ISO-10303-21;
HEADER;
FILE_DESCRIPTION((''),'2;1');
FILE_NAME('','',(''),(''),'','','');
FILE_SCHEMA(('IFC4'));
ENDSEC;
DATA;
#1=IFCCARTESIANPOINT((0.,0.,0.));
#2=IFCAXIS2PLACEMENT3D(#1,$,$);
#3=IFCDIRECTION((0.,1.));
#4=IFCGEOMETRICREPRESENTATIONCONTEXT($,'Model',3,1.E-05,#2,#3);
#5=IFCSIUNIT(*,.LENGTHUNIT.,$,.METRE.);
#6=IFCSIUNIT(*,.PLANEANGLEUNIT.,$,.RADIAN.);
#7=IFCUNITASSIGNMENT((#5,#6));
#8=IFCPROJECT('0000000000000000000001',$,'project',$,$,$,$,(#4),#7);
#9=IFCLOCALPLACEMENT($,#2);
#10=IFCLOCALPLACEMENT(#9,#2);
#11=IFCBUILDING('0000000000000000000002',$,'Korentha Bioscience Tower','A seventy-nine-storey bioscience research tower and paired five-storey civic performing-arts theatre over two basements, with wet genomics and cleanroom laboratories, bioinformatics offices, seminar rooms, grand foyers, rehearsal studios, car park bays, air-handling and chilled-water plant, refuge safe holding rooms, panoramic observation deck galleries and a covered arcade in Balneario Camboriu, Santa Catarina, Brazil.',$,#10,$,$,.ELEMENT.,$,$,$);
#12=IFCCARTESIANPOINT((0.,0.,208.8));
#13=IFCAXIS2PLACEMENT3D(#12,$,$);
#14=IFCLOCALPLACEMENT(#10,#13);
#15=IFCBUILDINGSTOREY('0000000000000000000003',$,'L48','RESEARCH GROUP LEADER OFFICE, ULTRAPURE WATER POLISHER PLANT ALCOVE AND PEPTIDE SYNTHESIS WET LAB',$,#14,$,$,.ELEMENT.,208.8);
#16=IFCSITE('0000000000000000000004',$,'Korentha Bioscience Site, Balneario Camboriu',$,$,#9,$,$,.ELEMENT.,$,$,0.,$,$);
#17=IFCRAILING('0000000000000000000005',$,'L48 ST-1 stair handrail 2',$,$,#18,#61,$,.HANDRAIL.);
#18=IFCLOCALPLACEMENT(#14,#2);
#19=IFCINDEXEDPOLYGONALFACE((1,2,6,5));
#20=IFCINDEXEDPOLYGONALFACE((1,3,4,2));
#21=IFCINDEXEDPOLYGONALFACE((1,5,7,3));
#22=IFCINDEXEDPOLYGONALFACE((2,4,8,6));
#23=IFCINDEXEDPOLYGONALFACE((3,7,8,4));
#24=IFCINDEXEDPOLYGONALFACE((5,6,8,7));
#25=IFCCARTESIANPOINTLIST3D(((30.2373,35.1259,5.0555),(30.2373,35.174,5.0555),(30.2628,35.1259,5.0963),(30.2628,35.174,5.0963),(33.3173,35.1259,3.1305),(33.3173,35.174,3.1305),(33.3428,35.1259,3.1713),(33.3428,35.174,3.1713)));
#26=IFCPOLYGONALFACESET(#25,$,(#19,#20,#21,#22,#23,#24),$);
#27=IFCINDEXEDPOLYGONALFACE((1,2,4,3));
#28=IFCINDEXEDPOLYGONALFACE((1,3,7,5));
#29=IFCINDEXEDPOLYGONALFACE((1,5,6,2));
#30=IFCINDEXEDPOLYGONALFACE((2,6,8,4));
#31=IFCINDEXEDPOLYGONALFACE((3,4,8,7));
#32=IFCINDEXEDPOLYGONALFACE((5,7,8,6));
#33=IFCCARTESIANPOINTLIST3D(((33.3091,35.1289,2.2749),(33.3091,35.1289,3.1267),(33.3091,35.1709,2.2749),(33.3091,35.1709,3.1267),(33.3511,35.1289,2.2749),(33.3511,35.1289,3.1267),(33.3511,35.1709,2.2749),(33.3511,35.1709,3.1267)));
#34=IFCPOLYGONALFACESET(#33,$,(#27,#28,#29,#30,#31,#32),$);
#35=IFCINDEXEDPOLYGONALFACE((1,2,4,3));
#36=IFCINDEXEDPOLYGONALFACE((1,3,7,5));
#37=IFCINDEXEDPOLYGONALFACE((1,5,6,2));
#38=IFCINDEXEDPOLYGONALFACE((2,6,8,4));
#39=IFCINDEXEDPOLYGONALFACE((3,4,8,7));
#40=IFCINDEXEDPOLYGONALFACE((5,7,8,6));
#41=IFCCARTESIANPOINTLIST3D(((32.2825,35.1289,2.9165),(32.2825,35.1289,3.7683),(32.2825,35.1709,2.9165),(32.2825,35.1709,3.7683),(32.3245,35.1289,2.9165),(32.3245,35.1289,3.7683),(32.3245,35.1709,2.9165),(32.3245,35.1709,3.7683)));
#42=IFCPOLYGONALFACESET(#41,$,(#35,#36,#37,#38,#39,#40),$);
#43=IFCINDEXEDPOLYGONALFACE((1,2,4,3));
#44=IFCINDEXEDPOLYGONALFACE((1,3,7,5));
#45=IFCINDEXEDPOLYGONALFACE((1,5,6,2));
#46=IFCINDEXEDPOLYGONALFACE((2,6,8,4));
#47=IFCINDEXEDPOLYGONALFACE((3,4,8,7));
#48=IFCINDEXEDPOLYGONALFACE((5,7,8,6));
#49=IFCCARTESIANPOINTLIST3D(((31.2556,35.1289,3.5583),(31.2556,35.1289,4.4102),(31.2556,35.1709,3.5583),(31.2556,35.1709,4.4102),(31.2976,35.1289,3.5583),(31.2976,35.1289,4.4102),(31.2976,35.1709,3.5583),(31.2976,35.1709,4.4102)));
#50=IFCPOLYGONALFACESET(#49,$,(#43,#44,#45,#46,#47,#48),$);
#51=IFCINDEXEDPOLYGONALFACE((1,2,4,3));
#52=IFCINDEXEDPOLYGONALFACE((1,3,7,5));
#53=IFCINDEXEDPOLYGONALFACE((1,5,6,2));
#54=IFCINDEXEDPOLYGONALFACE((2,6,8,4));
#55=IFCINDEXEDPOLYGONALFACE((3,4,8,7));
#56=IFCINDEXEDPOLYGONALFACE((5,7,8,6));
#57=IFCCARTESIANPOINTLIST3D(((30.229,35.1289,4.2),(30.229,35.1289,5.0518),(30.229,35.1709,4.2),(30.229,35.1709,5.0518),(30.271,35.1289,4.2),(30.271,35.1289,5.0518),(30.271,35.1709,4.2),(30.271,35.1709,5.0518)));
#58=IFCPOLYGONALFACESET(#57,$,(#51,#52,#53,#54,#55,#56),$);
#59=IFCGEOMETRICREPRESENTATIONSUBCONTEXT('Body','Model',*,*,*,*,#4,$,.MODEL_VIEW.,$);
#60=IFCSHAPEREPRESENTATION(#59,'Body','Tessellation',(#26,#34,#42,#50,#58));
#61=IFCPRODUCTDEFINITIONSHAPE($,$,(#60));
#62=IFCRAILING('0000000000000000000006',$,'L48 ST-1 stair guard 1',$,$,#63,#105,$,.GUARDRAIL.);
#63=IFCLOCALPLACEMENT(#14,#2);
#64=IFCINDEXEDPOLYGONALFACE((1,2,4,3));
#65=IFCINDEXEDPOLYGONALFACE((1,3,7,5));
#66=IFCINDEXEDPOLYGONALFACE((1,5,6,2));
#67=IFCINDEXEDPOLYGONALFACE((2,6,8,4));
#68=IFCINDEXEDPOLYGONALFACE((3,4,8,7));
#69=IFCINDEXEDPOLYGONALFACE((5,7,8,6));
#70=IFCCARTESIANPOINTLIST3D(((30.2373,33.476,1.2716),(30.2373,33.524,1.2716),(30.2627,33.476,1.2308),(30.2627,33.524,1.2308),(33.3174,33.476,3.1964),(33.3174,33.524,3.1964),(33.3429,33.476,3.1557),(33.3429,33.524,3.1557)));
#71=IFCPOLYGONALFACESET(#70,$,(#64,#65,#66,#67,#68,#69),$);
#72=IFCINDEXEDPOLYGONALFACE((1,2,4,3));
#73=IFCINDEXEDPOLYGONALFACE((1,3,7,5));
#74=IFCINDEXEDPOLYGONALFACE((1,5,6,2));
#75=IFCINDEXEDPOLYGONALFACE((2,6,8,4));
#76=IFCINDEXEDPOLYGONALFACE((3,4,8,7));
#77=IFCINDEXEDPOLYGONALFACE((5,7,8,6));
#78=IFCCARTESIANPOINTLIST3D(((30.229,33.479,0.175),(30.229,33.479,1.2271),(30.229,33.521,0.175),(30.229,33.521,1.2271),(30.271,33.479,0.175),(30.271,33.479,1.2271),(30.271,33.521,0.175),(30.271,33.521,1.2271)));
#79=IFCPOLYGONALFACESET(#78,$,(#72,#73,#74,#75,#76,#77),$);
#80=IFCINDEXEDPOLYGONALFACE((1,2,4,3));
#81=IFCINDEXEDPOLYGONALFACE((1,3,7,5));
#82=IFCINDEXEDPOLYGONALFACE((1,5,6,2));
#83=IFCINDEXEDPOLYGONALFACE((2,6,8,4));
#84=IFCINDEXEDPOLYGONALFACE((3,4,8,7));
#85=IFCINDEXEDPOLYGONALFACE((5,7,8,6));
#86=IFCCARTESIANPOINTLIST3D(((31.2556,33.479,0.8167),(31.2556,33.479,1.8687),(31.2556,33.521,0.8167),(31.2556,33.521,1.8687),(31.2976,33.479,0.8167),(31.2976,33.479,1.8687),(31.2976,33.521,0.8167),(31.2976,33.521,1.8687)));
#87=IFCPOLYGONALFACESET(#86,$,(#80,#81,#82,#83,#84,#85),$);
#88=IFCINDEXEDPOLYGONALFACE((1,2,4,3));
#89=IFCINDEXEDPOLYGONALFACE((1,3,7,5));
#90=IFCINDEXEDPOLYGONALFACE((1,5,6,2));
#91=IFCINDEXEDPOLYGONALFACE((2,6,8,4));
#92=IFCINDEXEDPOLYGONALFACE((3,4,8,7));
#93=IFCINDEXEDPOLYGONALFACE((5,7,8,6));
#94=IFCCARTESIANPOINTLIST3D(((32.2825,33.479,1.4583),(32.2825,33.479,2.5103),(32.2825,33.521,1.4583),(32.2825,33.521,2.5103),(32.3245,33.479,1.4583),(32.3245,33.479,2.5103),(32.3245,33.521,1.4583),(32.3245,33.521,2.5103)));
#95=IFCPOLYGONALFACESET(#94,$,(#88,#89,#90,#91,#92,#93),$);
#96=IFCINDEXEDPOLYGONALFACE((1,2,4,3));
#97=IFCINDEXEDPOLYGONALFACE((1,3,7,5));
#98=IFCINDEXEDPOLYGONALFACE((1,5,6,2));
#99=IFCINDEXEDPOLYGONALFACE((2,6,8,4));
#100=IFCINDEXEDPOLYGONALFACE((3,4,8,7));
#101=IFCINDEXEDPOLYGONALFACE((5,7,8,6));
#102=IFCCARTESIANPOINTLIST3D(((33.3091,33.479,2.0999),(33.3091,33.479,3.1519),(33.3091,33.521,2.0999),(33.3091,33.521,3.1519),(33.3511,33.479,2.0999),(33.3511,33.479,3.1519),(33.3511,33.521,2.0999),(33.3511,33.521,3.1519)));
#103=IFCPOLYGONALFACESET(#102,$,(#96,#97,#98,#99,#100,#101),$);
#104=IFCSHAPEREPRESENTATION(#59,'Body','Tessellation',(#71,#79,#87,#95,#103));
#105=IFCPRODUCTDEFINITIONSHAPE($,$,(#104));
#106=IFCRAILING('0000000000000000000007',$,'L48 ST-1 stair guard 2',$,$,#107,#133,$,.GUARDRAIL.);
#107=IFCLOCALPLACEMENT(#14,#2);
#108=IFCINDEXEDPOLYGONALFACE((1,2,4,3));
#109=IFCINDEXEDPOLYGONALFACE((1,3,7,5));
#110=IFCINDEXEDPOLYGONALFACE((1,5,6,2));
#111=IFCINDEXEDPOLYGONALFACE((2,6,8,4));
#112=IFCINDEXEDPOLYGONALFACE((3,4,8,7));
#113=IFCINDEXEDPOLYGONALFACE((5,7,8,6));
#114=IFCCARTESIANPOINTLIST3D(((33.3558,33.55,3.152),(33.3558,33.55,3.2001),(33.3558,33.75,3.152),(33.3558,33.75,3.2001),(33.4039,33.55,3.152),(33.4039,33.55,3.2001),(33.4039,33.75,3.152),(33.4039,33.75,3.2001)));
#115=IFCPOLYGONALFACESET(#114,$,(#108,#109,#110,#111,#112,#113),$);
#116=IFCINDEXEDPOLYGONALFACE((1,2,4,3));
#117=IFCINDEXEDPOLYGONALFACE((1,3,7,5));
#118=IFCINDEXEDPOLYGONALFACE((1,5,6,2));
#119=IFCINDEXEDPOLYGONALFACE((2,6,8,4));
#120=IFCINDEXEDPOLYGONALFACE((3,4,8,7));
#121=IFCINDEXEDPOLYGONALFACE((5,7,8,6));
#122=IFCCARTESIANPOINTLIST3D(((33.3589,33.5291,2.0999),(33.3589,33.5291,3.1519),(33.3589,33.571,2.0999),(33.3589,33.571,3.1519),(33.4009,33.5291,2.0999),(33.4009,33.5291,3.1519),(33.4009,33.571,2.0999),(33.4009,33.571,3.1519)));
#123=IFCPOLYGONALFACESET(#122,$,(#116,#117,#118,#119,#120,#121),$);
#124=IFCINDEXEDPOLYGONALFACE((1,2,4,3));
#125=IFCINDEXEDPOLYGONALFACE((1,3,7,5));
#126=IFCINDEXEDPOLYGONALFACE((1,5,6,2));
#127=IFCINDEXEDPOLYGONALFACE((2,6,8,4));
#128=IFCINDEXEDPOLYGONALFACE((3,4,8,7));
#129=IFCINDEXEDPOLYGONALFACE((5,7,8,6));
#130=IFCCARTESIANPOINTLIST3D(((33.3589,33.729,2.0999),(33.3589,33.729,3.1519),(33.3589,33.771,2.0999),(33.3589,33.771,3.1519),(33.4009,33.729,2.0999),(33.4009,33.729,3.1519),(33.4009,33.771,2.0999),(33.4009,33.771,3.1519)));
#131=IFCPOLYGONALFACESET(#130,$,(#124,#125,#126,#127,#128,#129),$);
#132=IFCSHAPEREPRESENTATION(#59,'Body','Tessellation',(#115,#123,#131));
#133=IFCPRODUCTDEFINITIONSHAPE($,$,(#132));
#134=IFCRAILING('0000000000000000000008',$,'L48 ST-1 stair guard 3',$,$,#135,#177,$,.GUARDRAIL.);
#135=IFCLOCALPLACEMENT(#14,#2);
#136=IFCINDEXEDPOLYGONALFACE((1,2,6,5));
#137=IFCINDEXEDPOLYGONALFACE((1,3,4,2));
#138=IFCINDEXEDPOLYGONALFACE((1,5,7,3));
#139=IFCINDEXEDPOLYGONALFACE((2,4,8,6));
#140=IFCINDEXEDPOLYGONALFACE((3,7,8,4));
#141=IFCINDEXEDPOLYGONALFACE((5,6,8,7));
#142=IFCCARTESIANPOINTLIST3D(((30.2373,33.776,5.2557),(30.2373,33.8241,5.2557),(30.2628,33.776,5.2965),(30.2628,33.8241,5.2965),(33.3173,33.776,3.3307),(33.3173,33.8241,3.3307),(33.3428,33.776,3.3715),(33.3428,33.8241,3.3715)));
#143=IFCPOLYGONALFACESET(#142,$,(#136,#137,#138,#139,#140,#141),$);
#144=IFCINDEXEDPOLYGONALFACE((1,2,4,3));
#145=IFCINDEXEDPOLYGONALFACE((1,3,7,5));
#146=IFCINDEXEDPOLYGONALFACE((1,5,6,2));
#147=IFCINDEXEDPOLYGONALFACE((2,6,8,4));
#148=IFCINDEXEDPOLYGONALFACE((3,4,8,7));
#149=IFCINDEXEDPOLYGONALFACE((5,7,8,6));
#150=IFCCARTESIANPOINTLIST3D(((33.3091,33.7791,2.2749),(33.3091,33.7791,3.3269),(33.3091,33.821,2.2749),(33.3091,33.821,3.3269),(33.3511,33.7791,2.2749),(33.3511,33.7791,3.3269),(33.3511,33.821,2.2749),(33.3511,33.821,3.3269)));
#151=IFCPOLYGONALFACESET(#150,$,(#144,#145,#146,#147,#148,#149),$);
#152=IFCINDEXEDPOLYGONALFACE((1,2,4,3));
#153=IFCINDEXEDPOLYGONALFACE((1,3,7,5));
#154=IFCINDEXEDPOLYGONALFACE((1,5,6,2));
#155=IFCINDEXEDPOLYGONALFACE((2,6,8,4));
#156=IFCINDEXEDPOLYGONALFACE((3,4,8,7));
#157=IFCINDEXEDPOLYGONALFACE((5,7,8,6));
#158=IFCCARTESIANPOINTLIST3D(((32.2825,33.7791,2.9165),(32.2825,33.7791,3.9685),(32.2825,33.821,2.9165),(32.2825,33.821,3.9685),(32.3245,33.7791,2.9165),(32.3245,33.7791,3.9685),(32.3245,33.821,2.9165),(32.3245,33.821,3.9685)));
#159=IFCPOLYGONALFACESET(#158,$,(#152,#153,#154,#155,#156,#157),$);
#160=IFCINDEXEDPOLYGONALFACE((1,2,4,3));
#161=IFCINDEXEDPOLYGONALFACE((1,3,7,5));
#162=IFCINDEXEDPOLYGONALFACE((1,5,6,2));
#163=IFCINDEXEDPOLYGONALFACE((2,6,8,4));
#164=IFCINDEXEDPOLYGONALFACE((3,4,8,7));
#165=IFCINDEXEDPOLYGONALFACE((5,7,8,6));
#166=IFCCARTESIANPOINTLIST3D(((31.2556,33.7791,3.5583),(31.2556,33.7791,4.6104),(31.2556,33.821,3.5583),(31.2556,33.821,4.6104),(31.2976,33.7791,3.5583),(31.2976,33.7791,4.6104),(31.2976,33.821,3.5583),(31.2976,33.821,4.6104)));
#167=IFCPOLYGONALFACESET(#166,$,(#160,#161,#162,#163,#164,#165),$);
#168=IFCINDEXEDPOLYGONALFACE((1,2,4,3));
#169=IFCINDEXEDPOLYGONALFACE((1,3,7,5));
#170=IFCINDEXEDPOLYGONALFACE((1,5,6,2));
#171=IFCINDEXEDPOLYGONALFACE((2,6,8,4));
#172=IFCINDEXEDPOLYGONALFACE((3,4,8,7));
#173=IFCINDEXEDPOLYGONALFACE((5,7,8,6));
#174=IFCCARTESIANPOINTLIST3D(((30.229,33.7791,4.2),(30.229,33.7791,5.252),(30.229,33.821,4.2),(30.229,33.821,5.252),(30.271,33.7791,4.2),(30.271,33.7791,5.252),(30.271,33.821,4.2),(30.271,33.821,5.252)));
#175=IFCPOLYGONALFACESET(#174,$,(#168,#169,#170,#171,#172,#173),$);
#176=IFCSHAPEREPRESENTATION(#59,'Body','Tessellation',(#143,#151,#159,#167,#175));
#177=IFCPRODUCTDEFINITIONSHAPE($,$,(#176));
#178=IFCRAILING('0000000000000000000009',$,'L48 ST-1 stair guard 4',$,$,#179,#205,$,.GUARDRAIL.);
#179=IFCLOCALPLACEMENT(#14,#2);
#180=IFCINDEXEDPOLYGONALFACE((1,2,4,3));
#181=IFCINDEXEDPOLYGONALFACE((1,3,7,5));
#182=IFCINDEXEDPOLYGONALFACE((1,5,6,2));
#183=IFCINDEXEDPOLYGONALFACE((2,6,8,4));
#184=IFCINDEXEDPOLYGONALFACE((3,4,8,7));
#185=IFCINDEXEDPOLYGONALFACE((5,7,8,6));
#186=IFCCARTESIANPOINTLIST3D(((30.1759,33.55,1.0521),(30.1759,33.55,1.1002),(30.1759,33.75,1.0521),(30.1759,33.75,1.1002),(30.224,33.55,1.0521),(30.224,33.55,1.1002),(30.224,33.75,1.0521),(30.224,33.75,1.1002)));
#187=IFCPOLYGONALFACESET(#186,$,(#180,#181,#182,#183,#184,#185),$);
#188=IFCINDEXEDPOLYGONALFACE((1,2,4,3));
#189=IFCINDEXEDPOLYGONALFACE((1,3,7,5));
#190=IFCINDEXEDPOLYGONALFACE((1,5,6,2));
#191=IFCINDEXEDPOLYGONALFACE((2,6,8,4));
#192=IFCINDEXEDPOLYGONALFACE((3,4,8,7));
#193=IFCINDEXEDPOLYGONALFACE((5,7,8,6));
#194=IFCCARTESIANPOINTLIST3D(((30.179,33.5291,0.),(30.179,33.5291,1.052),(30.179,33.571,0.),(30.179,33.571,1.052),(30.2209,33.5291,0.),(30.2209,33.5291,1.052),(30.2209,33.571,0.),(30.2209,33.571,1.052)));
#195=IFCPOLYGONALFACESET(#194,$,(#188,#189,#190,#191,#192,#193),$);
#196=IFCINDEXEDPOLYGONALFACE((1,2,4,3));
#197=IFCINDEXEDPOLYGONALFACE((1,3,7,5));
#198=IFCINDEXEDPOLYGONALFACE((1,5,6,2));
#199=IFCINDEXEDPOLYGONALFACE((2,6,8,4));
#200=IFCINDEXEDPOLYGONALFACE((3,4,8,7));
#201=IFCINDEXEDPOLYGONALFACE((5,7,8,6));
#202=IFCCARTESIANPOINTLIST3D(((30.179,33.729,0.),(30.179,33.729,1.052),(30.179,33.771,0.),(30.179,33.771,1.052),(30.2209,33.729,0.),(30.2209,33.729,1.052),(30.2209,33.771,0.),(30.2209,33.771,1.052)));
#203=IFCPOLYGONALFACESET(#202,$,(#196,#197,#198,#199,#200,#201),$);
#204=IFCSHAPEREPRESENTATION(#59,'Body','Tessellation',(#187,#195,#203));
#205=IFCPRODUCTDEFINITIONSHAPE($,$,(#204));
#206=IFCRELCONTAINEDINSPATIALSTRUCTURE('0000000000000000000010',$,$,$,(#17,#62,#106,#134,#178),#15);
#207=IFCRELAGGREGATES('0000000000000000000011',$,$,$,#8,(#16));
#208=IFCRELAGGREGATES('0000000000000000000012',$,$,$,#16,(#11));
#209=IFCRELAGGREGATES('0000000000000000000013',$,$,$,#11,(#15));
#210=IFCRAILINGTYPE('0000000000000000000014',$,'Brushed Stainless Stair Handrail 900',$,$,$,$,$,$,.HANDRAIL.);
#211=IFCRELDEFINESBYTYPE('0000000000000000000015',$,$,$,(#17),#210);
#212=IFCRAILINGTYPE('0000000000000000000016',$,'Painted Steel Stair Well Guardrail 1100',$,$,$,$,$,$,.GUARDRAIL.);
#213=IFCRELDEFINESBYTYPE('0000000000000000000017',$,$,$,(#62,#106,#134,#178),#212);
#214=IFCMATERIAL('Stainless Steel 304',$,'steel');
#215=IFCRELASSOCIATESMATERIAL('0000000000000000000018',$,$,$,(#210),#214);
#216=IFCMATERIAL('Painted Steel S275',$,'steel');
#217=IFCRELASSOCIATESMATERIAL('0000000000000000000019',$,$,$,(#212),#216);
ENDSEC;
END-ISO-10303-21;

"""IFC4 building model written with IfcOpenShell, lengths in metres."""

from ifc_helpers import new_model, si_unit, direction, frame, origin, origin_2d, place, context, subcontext, project, spatial, rectangle, extrude, material, type_object, element, save


model = new_model("IFC4")

# Units and contexts
model_context = context("Model", 3, precision=1e-05, world=origin(), true_north=direction((0.0, 1.0)))
body_context = subcontext(model_context, "Body", "Model", "MODEL_VIEW")
ifc_project = project(units=[si_unit("LENGTHUNIT", "METRE"), si_unit("PLANEANGLEUNIT", "RADIAN")], contexts=[model_context])

# Site, building, storey
site_placement = place(None, origin())
site = spatial("IfcSite", under=ifc_project, at=site_placement, Name="Korentha Bioscience Site, Balneario Camboriu", CompositionType="ELEMENT", RefElevation=0.0)
building_placement = place(site_placement, origin())
building = spatial("IfcBuilding", under=site, at=building_placement, Name="Korentha Bioscience Tower", Description="A seventy-nine-storey bioscience research tower and paired five-storey civic performing-arts theatre over two basements, with wet genomics and cleanroom laboratories, bioinformatics offices, seminar rooms, grand foyers, rehearsal studios, car park bays, air-handling and chilled-water plant, refuge safe holding rooms, panoramic observation deck galleries and a covered arcade in Balneario Camboriu, Santa Catarina, Brazil.", CompositionType="ELEMENT")
storey_placement = place(building_placement, frame((0.0, 0.0, 208.8)))
storey = spatial("IfcBuildingStorey", under=building, at=storey_placement, Name="L48", Description="RESEARCH GROUP LEADER OFFICE, ULTRAPURE WATER POLISHER PLANT ALCOVE AND PEPTIDE SYNTHESIS WET LAB", CompositionType="ELEMENT", Elevation=208.8)

# Railings
ifc_material_1 = material(Name="Stainless Steel 304", Category="steel")
railing_type_1 = type_object("IfcRailingType", Name="Brushed Stainless Stair Handrail 900", PredefinedType="HANDRAIL", material=ifc_material_1)
railing_1_placement = place(storey_placement, frame((33.3301, 35.1499, 2.2749)))
element("IfcRailing", 1, at=railing_1_placement, inside=storey, type_object=railing_type_1, Name="L48 ST-1 stair handrail 2", PredefinedType="HANDRAIL", context=body_context, shape_type="SweptSolid", body=[
    extrude(rectangle(XDim=0.0481, YDim=0.0481, at=origin_2d()), frame((0.0, 0.0, 0.876), z_axis=(-0.847998, 0.0, 0.529999), x_axis=(0.0, -1.0, 0.0)), (0.0, 0.0, 1.0), 3.6321),
    extrude(rectangle(XDim=0.042, YDim=0.042, at=origin_2d()), origin(), (0.0, 0.0, 1.0), 0.8518),
    extrude(rectangle(XDim=0.042, YDim=0.042, at=origin_2d()), frame((-1.0266, 0.0, 0.6416)), (0.0, 0.0, 1.0), 0.8518),
    extrude(rectangle(XDim=0.042, YDim=0.042, at=origin_2d()), frame((-2.0535, 0.0, 1.2834)), (0.0, 0.0, 1.0), 0.8518),
    extrude(rectangle(XDim=0.042, YDim=0.042, at=origin_2d()), frame((-3.0801, 0.0, 1.925)), (0.0, 0.0, 1.0), 0.8518),
])
ifc_material_2 = material(Name="Painted Steel S275", Category="steel")
railing_type_2 = type_object("IfcRailingType", Name="Painted Steel Stair Well Guardrail 1100", PredefinedType="GUARDRAIL", material=ifc_material_2)
railing_2_placement = place(storey_placement, frame((30.25, 33.5, 0.175)))
element("IfcRailing", 2, at=railing_2_placement, inside=storey, type_object=railing_type_2, Name="L48 ST-1 stair guard 1", PredefinedType="GUARDRAIL", context=body_context, shape_type="SweptSolid", body=[
    extrude(rectangle(XDim=0.0481, YDim=0.0481, at=origin_2d()), frame((0.0, 0.0, 1.0762), z_axis=(0.848029, 0.0, 0.529951), x_axis=(0.0, 1.0, 0.0)), (0.0, 0.0, 1.0), 3.6321),
    extrude(rectangle(XDim=0.042, YDim=0.042, at=origin_2d()), origin(), (0.0, 0.0, 1.0), 1.052),
    extrude(rectangle(XDim=0.042, YDim=0.042, at=origin_2d()), frame((1.0266, 0.0, 0.6416)), (0.0, 0.0, 1.0), 1.052),
    extrude(rectangle(XDim=0.042, YDim=0.042, at=origin_2d()), frame((2.0535, 0.0, 1.2832)), (0.0, 0.0, 1.0), 1.052),
    extrude(rectangle(XDim=0.042, YDim=0.042, at=origin_2d()), frame((3.0801, 0.0, 1.9248)), (0.0, 0.0, 1.0), 1.052),
])
railing_3_placement = place(storey_placement, frame((33.3799, 33.55, 2.0999)))
element("IfcRailing", 3, at=railing_3_placement, inside=storey, type_object=railing_type_2, Name="L48 ST-1 stair guard 2", PredefinedType="GUARDRAIL", context=body_context, shape_type="SweptSolid", body=[
    extrude(rectangle(XDim=0.0481, YDim=0.0481, at=origin_2d()), frame((0.0, 0.0, 1.0762), z_axis=(0.0, 1.0, 0.0), x_axis=(-1.0, 0.0, 0.0)), (0.0, 0.0, 1.0), 0.2),
    extrude(rectangle(XDim=0.042, YDim=0.042, at=origin_2d()), origin(), (0.0, 0.0, 1.0), 1.052),
    extrude(rectangle(XDim=0.042, YDim=0.042, at=origin_2d()), frame((0.0, 0.2, 0.0)), (0.0, 0.0, 1.0), 1.052),
])
railing_4_placement = place(storey_placement, frame((33.3301, 33.8, 2.2749)))
element("IfcRailing", 4, at=railing_4_placement, inside=storey, type_object=railing_type_2, Name="L48 ST-1 stair guard 3", PredefinedType="GUARDRAIL", context=body_context, shape_type="SweptSolid", body=[
    extrude(rectangle(XDim=0.0481, YDim=0.0481, at=origin_2d()), frame((0.0, 0.0, 1.0762), z_axis=(-0.847998, 0.0, 0.529999), x_axis=(0.0, -1.0, 0.0)), (0.0, 0.0, 1.0), 3.6321),
    extrude(rectangle(XDim=0.042, YDim=0.042, at=origin_2d()), origin(), (0.0, 0.0, 1.0), 1.052),
    extrude(rectangle(XDim=0.042, YDim=0.042, at=origin_2d()), frame((-1.0266, 0.0, 0.6416)), (0.0, 0.0, 1.0), 1.052),
    extrude(rectangle(XDim=0.042, YDim=0.042, at=origin_2d()), frame((-2.0535, 0.0, 1.2834)), (0.0, 0.0, 1.0), 1.052),
    extrude(rectangle(XDim=0.042, YDim=0.042, at=origin_2d()), frame((-3.0801, 0.0, 1.925)), (0.0, 0.0, 1.0), 1.052),
])
railing_5_placement = place(storey_placement, frame((30.2, 33.55, 0.0)))
element("IfcRailing", 5, at=railing_5_placement, inside=storey, type_object=railing_type_2, Name="L48 ST-1 stair guard 4", PredefinedType="GUARDRAIL", context=body_context, shape_type="SweptSolid", body=[
    extrude(rectangle(XDim=0.0481, YDim=0.0481, at=origin_2d()), frame((0.0, 0.0, 1.0762), z_axis=(0.0, 1.0, 0.0), x_axis=(-1.0, 0.0, 0.0)), (0.0, 0.0, 1.0), 0.2),
    extrude(rectangle(XDim=0.042, YDim=0.042, at=origin_2d()), origin(), (0.0, 0.0, 1.0), 1.052),
    extrude(rectangle(XDim=0.042, YDim=0.042, at=origin_2d()), frame((0.0, 0.2, 0.0)), (0.0, 0.0, 1.0), 1.052),
])

save(model, "model.ifc")
